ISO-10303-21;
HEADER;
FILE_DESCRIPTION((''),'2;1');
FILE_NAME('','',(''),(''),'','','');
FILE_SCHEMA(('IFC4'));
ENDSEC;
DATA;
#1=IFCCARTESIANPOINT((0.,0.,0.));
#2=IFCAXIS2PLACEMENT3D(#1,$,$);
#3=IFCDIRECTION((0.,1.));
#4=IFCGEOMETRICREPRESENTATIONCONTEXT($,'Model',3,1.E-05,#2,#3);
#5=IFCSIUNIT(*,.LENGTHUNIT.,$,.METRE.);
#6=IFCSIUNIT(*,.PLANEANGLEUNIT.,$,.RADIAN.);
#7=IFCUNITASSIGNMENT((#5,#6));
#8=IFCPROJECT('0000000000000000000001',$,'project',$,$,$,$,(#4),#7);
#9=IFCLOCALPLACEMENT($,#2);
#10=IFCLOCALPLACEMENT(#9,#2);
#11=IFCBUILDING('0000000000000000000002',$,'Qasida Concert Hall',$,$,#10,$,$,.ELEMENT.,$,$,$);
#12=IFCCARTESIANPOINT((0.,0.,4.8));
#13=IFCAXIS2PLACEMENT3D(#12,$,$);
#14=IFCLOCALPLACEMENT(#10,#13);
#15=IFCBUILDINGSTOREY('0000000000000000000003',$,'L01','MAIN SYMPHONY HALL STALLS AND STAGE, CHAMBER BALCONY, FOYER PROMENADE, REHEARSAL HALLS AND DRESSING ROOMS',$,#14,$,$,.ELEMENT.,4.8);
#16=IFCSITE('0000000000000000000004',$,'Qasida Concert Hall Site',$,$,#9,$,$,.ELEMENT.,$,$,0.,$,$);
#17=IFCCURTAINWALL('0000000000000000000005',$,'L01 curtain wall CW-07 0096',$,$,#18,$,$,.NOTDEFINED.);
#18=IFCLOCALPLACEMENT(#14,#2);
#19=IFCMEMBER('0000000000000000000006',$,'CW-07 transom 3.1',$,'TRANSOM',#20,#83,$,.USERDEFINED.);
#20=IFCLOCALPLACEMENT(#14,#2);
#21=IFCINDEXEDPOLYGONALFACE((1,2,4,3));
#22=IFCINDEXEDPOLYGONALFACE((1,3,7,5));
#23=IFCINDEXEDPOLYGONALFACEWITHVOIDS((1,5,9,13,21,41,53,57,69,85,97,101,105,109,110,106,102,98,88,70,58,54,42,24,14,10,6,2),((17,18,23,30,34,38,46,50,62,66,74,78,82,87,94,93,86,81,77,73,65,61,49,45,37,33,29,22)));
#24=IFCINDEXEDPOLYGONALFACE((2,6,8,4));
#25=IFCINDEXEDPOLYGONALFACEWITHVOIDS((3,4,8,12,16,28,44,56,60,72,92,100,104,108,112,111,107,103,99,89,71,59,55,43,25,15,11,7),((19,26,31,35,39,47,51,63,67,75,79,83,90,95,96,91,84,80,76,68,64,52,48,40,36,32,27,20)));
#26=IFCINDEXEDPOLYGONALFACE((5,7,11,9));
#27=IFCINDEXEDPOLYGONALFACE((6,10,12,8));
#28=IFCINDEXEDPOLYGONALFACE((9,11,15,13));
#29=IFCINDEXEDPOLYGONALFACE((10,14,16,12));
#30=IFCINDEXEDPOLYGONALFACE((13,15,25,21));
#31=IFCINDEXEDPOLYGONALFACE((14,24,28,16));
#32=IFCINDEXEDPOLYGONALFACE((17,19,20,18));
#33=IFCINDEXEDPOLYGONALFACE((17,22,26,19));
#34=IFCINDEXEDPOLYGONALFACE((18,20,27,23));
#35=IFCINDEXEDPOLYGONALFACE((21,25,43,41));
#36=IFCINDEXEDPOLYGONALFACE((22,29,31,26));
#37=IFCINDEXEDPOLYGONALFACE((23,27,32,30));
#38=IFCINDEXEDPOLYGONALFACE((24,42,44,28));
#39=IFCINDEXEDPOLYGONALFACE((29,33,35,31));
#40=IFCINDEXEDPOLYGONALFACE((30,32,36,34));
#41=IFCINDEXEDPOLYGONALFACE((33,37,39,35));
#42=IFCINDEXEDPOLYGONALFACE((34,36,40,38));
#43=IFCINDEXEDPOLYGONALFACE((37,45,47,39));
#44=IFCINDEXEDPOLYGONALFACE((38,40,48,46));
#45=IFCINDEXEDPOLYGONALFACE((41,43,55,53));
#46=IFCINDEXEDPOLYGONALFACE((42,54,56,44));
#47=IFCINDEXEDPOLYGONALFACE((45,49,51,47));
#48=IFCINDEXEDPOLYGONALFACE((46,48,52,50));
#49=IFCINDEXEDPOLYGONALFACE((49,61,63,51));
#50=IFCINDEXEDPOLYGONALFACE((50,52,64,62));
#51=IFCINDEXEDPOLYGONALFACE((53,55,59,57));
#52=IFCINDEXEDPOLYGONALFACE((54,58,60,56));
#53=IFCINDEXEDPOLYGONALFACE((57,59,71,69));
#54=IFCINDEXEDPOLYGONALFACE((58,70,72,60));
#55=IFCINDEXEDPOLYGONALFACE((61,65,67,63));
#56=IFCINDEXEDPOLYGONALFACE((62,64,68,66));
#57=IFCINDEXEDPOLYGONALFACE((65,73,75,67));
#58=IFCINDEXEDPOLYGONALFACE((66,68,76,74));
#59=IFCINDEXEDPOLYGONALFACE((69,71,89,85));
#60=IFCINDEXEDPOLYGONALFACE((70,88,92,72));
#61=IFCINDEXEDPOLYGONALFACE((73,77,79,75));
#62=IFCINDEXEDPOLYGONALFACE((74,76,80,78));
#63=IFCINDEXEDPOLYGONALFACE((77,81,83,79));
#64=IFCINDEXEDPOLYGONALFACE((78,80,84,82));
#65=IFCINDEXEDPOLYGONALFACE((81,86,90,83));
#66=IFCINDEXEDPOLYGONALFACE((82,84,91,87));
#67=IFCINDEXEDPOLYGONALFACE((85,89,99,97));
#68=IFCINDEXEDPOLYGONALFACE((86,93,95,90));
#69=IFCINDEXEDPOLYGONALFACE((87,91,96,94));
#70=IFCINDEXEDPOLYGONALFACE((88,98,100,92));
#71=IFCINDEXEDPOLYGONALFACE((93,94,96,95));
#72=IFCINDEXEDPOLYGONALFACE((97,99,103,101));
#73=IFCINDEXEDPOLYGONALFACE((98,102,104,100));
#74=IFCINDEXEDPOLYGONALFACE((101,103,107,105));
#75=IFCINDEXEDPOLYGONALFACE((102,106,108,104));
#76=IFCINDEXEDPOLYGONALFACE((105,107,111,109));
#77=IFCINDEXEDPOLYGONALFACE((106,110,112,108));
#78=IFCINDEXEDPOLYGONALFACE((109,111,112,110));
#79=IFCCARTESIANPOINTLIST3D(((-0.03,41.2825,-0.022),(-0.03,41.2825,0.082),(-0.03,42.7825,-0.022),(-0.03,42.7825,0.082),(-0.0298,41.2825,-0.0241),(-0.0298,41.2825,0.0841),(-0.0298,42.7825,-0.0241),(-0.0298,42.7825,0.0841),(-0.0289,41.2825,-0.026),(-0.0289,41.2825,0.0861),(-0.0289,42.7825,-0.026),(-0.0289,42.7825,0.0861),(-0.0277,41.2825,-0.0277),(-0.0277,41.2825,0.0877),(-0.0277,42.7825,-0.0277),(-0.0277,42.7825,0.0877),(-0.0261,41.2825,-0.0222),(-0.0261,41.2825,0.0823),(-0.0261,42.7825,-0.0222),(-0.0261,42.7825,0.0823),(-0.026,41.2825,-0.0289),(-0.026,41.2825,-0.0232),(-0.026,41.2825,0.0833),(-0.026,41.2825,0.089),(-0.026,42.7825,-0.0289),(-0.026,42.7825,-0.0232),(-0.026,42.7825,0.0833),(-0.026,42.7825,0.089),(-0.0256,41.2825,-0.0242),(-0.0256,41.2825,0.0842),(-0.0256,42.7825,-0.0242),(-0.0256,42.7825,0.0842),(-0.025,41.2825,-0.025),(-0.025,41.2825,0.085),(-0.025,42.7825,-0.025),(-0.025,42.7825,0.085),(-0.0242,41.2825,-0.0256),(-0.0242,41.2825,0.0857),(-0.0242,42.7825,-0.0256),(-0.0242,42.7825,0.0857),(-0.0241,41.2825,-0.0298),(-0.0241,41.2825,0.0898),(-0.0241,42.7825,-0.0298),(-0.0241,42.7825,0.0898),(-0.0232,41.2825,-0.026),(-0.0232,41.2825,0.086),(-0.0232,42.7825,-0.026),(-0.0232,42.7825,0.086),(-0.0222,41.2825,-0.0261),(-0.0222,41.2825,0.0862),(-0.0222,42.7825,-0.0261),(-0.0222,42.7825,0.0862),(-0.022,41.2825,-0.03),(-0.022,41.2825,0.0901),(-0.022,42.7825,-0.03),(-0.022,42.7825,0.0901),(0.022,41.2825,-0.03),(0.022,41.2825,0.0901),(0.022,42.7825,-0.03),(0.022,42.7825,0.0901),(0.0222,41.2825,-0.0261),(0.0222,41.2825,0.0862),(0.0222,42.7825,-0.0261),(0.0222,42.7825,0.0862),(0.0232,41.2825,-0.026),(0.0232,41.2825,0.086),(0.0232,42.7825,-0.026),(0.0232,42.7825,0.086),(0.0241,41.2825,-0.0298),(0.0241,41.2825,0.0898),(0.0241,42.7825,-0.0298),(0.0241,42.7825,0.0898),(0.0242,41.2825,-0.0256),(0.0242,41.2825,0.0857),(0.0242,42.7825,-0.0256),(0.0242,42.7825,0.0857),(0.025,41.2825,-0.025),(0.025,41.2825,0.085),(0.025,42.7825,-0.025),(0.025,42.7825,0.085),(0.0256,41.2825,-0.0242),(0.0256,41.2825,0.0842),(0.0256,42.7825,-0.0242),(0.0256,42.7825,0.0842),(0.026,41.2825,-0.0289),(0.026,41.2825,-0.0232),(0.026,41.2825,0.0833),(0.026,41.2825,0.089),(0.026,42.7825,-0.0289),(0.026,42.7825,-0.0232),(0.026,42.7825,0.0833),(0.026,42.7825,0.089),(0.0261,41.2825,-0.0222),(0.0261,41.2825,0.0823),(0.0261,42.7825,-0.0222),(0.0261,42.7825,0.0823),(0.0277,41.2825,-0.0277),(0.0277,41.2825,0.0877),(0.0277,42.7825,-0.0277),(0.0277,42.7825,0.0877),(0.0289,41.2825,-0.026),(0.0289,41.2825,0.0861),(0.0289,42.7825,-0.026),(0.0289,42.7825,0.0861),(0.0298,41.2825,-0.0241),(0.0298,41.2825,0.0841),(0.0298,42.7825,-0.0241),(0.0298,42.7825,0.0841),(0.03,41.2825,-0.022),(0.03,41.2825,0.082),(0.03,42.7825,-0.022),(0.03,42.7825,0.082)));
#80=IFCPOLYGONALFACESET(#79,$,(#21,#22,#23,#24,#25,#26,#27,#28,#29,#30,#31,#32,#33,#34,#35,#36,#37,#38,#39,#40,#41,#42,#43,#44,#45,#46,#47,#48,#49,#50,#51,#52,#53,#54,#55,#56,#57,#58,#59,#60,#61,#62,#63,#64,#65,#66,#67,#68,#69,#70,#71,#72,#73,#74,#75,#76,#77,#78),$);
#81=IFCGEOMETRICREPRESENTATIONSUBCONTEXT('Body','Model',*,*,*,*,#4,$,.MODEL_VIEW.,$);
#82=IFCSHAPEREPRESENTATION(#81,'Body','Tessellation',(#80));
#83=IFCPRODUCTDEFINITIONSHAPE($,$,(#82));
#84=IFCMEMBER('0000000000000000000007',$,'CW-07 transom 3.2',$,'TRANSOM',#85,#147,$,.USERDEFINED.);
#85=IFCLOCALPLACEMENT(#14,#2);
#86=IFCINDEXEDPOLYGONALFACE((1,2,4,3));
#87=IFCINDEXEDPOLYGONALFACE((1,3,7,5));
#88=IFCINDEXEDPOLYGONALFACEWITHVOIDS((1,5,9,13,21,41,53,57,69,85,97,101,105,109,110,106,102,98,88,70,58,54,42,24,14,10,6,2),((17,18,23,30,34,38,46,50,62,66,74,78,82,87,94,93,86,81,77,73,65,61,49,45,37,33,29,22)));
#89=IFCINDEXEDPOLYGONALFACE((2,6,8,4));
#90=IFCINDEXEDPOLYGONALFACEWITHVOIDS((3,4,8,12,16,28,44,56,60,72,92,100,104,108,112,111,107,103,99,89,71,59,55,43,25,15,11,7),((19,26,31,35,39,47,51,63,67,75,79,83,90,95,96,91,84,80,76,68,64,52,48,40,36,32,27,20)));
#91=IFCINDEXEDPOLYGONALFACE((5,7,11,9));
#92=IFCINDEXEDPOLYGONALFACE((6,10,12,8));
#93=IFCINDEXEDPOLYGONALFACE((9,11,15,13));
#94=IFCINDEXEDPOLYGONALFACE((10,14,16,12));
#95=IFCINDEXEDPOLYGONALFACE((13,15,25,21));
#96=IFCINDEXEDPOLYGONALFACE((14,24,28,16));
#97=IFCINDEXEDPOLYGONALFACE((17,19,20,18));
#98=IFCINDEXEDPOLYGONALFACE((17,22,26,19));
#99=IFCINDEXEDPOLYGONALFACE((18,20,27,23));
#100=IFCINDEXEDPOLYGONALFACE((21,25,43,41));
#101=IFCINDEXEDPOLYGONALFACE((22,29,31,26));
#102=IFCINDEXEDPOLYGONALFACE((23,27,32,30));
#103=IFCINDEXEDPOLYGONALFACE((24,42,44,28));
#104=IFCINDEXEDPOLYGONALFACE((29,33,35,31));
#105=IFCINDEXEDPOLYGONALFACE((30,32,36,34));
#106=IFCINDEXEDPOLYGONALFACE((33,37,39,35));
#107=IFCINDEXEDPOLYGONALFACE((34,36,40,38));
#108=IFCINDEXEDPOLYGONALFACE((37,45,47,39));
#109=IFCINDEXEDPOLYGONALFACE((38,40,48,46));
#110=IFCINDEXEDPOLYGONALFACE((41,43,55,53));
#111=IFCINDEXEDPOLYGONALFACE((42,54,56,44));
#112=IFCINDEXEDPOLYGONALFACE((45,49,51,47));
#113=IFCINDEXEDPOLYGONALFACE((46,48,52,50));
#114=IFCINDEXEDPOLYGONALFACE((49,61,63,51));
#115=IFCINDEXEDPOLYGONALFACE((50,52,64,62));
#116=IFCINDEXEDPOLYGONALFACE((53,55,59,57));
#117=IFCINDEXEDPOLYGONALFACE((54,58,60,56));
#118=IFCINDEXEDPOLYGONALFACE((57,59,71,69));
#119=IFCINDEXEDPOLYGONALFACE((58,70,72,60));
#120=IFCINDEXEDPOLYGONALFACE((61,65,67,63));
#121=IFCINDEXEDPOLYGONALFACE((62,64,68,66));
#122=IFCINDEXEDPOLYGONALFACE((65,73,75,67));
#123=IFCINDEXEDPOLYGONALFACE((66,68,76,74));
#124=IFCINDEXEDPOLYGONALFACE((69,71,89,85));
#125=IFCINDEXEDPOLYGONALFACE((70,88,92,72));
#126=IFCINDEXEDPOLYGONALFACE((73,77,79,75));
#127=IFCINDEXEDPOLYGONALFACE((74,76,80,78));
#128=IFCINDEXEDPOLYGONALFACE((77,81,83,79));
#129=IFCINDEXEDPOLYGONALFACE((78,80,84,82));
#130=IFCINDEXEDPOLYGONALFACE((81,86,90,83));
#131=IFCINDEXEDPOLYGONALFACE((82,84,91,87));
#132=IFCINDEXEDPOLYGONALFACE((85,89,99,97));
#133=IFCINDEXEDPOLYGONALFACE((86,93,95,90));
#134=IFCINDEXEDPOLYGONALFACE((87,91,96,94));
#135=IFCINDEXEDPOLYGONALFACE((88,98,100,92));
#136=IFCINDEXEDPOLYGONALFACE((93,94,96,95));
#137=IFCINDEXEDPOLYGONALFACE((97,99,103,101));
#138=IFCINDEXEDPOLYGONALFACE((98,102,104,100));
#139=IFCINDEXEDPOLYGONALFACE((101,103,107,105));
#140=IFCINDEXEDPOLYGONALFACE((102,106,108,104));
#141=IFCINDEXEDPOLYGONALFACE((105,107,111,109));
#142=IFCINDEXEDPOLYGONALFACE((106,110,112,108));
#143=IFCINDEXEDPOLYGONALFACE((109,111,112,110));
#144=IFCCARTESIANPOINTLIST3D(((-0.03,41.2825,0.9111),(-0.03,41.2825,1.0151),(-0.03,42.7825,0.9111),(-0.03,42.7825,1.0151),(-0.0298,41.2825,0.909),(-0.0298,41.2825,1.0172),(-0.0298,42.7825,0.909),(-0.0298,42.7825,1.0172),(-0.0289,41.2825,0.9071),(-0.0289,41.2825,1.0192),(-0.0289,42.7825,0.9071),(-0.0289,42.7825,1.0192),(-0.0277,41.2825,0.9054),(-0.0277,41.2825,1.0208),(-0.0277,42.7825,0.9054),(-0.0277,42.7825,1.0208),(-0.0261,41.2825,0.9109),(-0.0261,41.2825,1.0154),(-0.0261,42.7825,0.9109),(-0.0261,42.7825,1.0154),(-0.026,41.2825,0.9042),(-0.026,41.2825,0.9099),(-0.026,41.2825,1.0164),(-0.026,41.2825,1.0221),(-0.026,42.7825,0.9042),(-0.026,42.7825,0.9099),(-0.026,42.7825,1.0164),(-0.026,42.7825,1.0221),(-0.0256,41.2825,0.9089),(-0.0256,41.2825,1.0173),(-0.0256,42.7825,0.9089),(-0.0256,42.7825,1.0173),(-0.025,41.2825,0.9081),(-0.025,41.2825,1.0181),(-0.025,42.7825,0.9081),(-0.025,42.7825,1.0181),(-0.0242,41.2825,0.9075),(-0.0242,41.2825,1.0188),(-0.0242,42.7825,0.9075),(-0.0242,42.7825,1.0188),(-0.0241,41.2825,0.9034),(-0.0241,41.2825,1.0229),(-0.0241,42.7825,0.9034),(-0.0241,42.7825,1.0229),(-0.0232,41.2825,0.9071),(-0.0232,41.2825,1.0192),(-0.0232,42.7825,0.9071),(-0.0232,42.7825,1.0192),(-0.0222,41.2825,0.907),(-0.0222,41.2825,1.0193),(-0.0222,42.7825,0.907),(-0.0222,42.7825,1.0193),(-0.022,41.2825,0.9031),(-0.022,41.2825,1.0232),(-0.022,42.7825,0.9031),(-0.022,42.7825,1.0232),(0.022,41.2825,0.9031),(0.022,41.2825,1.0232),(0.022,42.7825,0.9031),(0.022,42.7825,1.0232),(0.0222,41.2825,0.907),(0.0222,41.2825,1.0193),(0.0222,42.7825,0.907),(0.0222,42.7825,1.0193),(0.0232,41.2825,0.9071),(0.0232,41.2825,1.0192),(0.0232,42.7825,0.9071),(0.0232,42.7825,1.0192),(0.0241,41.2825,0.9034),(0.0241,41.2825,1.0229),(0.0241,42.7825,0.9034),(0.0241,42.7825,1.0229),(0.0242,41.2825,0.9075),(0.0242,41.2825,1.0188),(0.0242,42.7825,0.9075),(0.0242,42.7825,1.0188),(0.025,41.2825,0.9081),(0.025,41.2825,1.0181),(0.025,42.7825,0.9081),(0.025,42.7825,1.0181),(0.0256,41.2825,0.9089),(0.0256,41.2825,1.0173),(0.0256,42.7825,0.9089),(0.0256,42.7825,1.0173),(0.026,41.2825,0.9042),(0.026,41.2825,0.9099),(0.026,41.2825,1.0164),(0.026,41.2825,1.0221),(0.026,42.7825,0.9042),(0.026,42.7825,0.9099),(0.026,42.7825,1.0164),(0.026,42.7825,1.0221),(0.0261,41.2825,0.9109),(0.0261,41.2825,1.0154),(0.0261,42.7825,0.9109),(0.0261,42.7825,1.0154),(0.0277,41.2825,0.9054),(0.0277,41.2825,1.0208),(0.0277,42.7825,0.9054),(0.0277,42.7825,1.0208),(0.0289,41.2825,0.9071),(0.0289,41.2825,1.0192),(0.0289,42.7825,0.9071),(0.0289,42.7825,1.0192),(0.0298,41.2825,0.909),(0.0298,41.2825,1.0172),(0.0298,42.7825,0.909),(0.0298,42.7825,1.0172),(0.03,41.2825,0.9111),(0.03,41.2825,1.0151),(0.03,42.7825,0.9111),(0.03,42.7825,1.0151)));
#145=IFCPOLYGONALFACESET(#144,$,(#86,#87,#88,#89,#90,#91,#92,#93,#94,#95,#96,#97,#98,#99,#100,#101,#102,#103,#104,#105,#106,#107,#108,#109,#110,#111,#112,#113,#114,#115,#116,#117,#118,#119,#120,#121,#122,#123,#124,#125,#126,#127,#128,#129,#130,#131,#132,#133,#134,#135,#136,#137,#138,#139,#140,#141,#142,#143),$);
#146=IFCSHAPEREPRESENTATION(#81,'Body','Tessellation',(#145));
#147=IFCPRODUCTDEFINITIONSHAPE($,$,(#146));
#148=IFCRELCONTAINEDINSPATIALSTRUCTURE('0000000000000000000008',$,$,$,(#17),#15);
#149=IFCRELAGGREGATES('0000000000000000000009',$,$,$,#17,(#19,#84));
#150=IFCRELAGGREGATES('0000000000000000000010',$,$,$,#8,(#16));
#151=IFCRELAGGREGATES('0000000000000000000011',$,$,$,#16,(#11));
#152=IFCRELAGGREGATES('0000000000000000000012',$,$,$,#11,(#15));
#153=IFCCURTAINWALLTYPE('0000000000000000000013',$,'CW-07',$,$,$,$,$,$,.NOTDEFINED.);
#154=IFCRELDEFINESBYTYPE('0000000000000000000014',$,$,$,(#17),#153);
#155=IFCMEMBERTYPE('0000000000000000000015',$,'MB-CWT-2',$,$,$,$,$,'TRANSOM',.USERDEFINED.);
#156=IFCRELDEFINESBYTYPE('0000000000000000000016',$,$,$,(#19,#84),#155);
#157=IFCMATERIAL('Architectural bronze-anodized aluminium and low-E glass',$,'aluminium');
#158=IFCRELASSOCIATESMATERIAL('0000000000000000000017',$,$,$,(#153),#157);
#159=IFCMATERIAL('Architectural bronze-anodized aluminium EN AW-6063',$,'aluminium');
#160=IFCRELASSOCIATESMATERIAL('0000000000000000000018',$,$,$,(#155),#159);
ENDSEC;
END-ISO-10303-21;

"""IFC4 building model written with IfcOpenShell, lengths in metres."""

from ifc_helpers import new_model, si_unit, direction, frame, origin, origin_2d, place, context, subcontext, project, spatial, hollow_rectangle, extrude, material, material_profile, profile_set, type_object, element, aggregate, save


model = new_model("IFC4")

# Units and contexts
model_context = context("Model", 3, precision=1e-05, world=origin(), true_north=direction((0.0, 1.0)))
body_context = subcontext(model_context, "Body", "Model", "MODEL_VIEW")
ifc_project = project(units=[si_unit("LENGTHUNIT", "METRE"), si_unit("PLANEANGLEUNIT", "RADIAN")], contexts=[model_context])

# Site, building, storey
site_placement = place(None, origin())
site = spatial("IfcSite", under=ifc_project, at=site_placement, Name="Qasida Concert Hall Site", CompositionType="ELEMENT", RefElevation=0.0)
building_placement = place(site_placement, origin())
building = spatial("IfcBuilding", under=site, at=building_placement, Name="Qasida Concert Hall", CompositionType="ELEMENT")
storey_placement = place(building_placement, frame((0.0, 0.0, 4.8)))
storey = spatial("IfcBuildingStorey", under=building, at=storey_placement, Name="L01", Description="MAIN SYMPHONY HALL STALLS AND STAGE, CHAMBER BALCONY, FOYER PROMENADE, REHEARSAL HALLS AND DRESSING ROOMS", CompositionType="ELEMENT", Elevation=4.8)

# Curtain wall, members
ifc_material_1 = material(Name="Architectural bronze-anodized aluminium and low-E glass", Category="aluminium")
curtain_wall_type = type_object("IfcCurtainWallType", Name="CW-07", PredefinedType="NOTDEFINED", material=ifc_material_1)
curtain_wall_placement = place(storey_placement, origin())
curtain_wall = element("IfcCurtainWall", 1, at=curtain_wall_placement, inside=storey, type_object=curtain_wall_type, Name="L01 curtain wall CW-07 0096", PredefinedType="NOTDEFINED")
ifc_material_2 = material(Name="Architectural bronze-anodized aluminium EN AW-6063", Category="aluminium")
ifc_material_profile_1 = material_profile(ifc_material_2, hollow_rectangle(XDim=0.0601, YDim=0.1201, WallThickness=0.0039, InnerFilletRadius=0.0039, OuterFilletRadius=0.0081, at=origin_2d()), Name="CWT 120x60x4")
ifc_profile_set_1 = profile_set([ifc_material_profile_1], Name="Architectural bronze-anodized aluminium EN AW-6063")
member_type_1 = type_object("IfcMemberType", Name="MB-CWT-2", ElementType="TRANSOM", PredefinedType="USERDEFINED", material=ifc_profile_set_1)
member_1_placement = place(storey_placement, frame((0.0, 41.2825, 0.03), z_axis=(0.0, 1.0, 0.0), x_axis=(-1.0, 0.0, 0.0)))
member_1 = element("IfcMember", 2, at=member_1_placement, type_object=member_type_1, Name="CW-07 transom 3.1", ObjectType="TRANSOM", PredefinedType="USERDEFINED", context=body_context, shape_type="SweptSolid", body=[
    extrude(hollow_rectangle(XDim=0.0601, YDim=0.1201, WallThickness=0.0039, InnerFilletRadius=0.0039, OuterFilletRadius=0.0081, at=origin_2d()), origin(), (0.0, 0.0, 1.0), 1.5),
])
member_2_placement = place(storey_placement, frame((0.0, 41.2825, 0.9631), z_axis=(0.0, 1.0, 0.0), x_axis=(-1.0, 0.0, 0.0)))
member_2 = element("IfcMember", 3, at=member_2_placement, type_object=member_type_1, Name="CW-07 transom 3.2", ObjectType="TRANSOM", PredefinedType="USERDEFINED", context=body_context, shape_type="SweptSolid", body=[
    extrude(hollow_rectangle(XDim=0.0601, YDim=0.1201, WallThickness=0.0039, InnerFilletRadius=0.0039, OuterFilletRadius=0.0081, at=origin_2d()), origin(), (0.0, 0.0, 1.0), 1.5),
])
aggregate(curtain_wall, [member_1, member_2])

save(model, "model.ifc")
